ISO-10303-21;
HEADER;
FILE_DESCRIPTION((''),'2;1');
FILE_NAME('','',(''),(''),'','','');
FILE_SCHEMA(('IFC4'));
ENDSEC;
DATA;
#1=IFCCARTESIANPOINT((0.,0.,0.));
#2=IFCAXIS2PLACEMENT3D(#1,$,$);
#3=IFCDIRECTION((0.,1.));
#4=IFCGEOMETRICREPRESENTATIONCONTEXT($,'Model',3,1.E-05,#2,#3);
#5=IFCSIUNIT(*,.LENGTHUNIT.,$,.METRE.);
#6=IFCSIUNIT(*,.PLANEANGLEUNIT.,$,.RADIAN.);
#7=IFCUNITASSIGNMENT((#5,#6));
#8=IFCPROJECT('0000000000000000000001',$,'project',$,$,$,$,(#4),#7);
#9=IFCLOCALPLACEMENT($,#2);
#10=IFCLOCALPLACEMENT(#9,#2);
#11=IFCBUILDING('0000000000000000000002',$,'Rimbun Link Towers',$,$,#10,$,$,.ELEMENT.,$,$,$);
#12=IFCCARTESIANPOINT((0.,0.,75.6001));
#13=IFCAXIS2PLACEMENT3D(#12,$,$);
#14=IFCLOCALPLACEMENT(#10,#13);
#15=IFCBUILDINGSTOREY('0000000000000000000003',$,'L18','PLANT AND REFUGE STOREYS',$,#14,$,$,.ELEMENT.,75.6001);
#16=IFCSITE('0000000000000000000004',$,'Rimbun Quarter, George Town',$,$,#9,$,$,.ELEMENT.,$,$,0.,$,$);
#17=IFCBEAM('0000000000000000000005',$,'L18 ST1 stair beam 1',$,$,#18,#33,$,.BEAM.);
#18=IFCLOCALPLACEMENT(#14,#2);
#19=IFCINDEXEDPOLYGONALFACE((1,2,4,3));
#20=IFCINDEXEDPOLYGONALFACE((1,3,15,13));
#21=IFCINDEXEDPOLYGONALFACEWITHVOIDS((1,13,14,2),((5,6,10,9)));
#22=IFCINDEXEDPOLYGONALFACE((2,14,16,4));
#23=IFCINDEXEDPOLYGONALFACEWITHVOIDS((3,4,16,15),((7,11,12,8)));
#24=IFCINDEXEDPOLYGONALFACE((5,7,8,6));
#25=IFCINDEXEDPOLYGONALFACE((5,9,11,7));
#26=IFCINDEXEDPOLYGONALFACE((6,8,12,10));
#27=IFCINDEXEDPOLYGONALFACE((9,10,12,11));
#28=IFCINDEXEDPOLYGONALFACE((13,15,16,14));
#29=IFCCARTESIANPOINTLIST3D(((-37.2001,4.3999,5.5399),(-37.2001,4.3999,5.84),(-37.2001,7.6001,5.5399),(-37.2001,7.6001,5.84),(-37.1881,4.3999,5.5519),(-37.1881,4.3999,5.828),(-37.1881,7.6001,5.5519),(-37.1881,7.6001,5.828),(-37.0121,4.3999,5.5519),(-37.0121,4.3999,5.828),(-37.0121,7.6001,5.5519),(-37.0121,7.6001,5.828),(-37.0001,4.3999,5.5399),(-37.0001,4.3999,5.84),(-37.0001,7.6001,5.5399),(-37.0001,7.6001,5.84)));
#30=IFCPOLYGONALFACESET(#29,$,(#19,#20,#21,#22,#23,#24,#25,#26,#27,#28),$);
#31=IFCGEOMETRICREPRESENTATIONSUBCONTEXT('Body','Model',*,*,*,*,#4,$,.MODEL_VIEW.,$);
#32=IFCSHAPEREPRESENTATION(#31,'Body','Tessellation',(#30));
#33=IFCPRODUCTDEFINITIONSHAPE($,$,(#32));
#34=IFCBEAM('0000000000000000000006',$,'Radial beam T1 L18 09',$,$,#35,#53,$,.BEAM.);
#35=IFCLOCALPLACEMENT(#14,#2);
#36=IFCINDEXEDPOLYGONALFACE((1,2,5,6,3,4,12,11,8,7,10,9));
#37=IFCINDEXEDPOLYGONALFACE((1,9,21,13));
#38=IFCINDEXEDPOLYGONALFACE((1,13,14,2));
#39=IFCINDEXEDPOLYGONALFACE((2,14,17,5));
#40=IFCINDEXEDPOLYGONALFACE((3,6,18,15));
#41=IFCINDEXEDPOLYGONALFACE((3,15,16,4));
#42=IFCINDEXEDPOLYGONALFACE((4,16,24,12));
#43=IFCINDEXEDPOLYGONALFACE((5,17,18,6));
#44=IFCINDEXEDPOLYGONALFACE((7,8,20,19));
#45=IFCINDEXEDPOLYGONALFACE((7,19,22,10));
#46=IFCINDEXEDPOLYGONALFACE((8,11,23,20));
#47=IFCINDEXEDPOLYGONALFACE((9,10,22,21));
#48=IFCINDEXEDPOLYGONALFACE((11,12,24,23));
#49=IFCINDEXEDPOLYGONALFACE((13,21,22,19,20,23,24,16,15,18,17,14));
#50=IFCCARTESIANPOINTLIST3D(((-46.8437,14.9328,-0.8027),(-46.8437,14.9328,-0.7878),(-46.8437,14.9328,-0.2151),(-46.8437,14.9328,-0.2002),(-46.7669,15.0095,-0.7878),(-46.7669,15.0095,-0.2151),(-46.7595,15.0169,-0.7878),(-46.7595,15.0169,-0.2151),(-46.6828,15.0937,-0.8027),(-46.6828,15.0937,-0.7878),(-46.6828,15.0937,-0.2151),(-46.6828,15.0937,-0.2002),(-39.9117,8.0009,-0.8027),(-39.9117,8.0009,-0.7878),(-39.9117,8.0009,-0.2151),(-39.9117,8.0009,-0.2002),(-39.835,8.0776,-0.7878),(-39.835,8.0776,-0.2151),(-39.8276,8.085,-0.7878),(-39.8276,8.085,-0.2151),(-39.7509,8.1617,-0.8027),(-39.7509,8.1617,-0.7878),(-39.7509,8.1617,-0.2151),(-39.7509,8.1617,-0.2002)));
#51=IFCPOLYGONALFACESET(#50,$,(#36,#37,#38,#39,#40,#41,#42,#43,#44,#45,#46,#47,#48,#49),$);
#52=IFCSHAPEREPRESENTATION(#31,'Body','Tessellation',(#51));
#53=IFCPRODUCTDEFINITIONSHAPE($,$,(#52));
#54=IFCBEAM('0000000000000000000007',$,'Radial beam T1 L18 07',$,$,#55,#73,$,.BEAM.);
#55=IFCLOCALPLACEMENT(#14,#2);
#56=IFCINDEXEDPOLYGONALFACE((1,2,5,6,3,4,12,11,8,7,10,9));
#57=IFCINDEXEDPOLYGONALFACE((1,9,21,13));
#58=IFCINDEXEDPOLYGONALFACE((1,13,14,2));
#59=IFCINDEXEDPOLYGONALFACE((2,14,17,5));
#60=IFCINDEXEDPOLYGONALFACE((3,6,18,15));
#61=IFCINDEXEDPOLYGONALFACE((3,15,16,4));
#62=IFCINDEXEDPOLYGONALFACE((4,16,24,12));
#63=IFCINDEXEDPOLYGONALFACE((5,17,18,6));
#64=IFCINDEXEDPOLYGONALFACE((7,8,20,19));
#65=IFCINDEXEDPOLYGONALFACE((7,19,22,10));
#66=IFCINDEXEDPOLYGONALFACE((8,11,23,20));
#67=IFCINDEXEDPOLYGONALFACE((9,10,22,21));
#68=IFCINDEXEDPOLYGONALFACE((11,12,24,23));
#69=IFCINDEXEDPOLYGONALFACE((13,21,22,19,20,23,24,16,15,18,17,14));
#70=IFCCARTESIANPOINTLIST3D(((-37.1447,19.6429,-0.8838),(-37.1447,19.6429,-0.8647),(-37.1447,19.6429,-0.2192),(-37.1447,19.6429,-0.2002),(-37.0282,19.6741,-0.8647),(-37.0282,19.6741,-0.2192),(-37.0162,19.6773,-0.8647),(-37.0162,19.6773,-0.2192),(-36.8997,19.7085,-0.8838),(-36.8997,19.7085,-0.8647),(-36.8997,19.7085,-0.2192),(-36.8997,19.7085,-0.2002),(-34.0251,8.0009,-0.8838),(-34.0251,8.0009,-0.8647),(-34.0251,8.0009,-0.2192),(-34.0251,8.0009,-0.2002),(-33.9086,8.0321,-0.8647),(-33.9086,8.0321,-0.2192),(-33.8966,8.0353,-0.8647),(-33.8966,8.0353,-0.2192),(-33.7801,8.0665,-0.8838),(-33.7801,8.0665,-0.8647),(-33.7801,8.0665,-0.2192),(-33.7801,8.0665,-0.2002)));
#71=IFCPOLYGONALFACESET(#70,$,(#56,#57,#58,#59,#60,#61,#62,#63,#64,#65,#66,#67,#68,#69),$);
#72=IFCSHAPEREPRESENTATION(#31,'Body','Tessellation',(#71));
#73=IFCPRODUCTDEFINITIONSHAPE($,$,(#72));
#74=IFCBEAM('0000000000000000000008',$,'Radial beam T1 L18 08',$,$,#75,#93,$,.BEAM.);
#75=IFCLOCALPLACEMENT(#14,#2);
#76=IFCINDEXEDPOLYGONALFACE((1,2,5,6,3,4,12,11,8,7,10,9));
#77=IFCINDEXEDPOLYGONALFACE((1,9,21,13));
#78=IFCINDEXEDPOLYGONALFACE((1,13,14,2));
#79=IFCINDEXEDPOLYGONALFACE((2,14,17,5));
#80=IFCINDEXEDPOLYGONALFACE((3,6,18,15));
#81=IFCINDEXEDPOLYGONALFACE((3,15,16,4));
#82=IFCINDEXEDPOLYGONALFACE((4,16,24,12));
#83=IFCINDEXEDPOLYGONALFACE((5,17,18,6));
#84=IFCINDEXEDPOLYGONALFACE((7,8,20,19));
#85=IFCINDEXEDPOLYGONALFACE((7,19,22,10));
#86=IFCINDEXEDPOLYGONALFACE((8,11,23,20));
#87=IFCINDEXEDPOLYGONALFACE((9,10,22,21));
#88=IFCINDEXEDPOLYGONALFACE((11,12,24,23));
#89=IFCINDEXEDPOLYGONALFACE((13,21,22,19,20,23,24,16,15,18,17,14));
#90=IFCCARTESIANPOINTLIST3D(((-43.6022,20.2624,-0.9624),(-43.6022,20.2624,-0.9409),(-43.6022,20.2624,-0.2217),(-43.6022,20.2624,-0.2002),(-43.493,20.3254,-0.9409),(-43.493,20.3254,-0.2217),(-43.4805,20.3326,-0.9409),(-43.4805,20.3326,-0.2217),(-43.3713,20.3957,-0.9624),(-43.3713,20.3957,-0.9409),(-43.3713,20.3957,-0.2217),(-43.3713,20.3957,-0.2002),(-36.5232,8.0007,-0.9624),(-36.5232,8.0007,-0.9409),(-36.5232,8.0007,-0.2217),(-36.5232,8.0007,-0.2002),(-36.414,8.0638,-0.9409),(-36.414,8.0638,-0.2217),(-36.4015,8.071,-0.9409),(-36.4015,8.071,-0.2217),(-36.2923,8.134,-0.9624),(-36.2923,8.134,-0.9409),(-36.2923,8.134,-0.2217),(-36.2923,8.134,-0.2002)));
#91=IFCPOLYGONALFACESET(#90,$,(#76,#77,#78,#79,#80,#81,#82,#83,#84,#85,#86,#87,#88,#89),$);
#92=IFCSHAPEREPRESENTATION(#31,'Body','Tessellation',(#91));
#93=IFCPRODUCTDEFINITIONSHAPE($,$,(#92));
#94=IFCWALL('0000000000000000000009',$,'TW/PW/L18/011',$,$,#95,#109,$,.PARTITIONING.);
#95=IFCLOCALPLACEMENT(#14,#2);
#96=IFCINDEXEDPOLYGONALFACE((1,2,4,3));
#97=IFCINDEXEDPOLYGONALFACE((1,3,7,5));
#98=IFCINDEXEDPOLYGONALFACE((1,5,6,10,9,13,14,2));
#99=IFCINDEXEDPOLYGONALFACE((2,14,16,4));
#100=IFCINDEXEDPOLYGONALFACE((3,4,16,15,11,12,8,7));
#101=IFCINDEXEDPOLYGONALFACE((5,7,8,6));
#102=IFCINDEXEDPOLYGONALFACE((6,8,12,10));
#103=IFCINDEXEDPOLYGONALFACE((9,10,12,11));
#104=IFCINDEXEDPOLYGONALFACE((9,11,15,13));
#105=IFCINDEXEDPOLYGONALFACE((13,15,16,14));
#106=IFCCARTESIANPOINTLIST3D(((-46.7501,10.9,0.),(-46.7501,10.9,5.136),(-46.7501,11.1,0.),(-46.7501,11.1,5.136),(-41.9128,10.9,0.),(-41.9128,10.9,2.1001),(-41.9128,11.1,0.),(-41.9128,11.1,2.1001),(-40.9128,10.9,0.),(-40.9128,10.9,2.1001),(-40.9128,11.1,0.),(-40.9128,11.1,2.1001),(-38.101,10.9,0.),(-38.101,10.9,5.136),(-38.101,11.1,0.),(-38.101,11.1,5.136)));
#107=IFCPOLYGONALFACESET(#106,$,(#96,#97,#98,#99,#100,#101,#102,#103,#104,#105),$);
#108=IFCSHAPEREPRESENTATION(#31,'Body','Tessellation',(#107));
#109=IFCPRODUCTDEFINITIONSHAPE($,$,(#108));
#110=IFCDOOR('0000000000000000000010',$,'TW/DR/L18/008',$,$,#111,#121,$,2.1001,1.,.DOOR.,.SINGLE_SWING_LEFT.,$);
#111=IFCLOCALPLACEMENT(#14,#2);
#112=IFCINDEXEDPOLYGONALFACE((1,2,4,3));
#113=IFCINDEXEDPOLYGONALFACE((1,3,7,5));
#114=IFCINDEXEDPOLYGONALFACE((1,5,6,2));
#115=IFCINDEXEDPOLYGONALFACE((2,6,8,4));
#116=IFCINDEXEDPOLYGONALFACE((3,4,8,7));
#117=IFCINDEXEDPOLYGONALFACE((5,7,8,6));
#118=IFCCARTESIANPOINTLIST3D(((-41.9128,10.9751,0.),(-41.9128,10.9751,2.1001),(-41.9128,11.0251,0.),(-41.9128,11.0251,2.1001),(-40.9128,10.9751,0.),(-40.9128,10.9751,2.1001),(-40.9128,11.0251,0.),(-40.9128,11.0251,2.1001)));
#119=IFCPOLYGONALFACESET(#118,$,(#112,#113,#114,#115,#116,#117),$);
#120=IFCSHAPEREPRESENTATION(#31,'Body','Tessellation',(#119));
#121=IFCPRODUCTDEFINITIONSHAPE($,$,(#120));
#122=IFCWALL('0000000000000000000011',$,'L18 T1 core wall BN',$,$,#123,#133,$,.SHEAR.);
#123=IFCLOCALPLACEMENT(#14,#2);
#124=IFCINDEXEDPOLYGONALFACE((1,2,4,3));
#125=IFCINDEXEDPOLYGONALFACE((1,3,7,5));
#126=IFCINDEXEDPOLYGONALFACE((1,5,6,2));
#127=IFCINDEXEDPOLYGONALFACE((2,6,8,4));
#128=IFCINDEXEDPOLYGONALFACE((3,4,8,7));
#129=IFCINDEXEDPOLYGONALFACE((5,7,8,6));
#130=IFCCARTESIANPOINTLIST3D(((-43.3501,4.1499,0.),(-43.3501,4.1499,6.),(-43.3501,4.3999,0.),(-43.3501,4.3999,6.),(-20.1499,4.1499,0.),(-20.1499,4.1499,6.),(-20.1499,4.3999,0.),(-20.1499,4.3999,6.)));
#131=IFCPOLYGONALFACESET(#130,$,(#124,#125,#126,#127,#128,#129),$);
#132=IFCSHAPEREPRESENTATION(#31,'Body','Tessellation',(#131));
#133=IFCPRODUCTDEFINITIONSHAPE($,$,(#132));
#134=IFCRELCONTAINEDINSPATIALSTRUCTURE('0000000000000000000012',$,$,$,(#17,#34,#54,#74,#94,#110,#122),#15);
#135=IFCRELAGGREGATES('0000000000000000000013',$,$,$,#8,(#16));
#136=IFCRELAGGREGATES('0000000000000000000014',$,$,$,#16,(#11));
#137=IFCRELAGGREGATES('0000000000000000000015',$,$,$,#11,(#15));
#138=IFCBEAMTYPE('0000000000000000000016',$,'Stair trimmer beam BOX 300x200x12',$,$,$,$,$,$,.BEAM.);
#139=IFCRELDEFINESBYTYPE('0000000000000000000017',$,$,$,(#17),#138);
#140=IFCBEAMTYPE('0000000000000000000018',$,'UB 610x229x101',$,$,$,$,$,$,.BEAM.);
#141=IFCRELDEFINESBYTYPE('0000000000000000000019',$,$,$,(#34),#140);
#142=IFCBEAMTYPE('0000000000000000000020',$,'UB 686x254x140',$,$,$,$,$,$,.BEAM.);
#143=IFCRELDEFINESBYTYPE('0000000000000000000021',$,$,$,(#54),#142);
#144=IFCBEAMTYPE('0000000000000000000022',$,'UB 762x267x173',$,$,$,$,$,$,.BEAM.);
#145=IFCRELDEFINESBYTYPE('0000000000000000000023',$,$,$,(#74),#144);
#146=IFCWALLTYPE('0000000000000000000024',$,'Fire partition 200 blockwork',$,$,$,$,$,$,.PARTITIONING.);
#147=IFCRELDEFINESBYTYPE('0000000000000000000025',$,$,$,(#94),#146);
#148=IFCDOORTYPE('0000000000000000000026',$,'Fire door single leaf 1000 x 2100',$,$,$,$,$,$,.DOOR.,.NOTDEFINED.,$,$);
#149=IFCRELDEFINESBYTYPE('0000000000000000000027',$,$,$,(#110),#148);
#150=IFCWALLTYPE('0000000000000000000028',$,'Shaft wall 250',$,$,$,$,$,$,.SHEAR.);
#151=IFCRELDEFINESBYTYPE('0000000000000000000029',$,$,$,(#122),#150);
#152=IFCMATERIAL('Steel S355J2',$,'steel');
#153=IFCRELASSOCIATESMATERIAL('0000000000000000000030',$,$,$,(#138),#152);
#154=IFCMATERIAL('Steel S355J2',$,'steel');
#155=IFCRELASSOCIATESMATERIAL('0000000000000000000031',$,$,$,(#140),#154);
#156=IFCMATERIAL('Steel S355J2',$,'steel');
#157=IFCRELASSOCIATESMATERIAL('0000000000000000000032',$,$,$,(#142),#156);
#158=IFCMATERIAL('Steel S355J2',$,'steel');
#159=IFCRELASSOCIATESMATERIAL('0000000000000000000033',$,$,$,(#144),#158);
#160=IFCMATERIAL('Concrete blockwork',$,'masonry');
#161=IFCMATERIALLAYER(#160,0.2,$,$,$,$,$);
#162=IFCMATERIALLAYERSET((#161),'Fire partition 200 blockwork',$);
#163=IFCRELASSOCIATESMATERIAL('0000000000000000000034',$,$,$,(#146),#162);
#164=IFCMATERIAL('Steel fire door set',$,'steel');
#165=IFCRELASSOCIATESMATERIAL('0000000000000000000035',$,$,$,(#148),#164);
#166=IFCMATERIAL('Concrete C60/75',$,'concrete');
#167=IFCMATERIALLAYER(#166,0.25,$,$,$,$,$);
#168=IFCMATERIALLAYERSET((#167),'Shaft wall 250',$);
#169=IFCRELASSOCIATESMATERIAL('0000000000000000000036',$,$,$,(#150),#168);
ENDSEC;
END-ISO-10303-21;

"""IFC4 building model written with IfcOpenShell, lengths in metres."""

from ifc_helpers import new_model, si_unit, direction, frame, frame_2d, origin, origin_2d, place, context, subcontext, project, spatial, rectangle, hollow_rectangle, i_section, extrude, material, layer, layer_set, material_profile, profile_set, type_object, element, fill, save


model = new_model("IFC4")

# Units and contexts
model_context = context("Model", 3, precision=1e-05, world=origin(), true_north=direction((0.0, 1.0)))
body_context = subcontext(model_context, "Body", "Model", "MODEL_VIEW")
ifc_project = project(units=[si_unit("LENGTHUNIT", "METRE"), si_unit("PLANEANGLEUNIT", "RADIAN")], contexts=[model_context])

# Site, building, storey
site_placement = place(None, origin())
site = spatial("IfcSite", under=ifc_project, at=site_placement, Name="Rimbun Quarter, George Town", CompositionType="ELEMENT", RefElevation=0.0)
building_placement = place(site_placement, origin())
building = spatial("IfcBuilding", under=site, at=building_placement, Name="Rimbun Link Towers", CompositionType="ELEMENT")
storey_placement = place(building_placement, frame((0.0, 0.0, 75.6001)))
storey = spatial("IfcBuildingStorey", under=building, at=storey_placement, Name="L18", Description="PLANT AND REFUGE STOREYS", CompositionType="ELEMENT", Elevation=75.6001)

# Beams
ifc_material_1 = material(Name="Steel S355J2", Category="steel")
ifc_material_profile_1 = material_profile(ifc_material_1, hollow_rectangle(XDim=0.2, YDim=0.3, WallThickness=0.012, at=origin_2d()), Name="BOX 300x200x12")
ifc_profile_set_1 = profile_set([ifc_material_profile_1], Name="Steel S355J2")
beam_type_1 = type_object("IfcBeamType", Name="Stair trimmer beam BOX 300x200x12", PredefinedType="BEAM", material=ifc_profile_set_1)
beam_1_placement = place(storey_placement, frame((-37.1001, 7.6001, 5.6899), z_axis=(0.0, -1.0, 0.0), x_axis=(1.0, 0.0, 0.0)))
element("IfcBeam", 1, at=beam_1_placement, inside=storey, type_object=beam_type_1, Name="L18 ST1 stair beam 1", PredefinedType="BEAM", context=body_context, shape_type="SweptSolid", body=[
    extrude(hollow_rectangle(XDim=0.2, YDim=0.3, WallThickness=0.012, at=origin_2d()), origin(), (0.0, 0.0, 1.0), 3.2002),
])
ifc_material_2 = material(Name="Steel S355J2", Category="steel")
ifc_material_profile_2 = material_profile(ifc_material_2, i_section(OverallWidth=0.2275, OverallDepth=0.6025, WebThickness=0.0105, FlangeThickness=0.0149, at=origin_2d()), Name="UB 610x229x101")
ifc_profile_set_2 = profile_set([ifc_material_profile_2], Name="Steel S355J2")
beam_type_2 = type_object("IfcBeamType", Name="UB 610x229x101", PredefinedType="BEAM", material=ifc_profile_set_2)
beam_2_placement = place(storey_placement, frame((-39.8313, 8.0813, -0.5015), z_axis=(-0.707107, 0.707107, 0.0), x_axis=(-0.707107, -0.707107, 0.0)))
element("IfcBeam", 2, at=beam_2_placement, inside=storey, type_object=beam_type_2, Name="Radial beam T1 L18 09", PredefinedType="BEAM", context=body_context, shape_type="SweptSolid", body=[
    extrude(i_section(OverallWidth=0.2275, OverallDepth=0.6025, WebThickness=0.0105, FlangeThickness=0.0149, at=origin_2d()), origin(), (0.0, 0.0, 1.0), 9.8032),
])
ifc_material_3 = material(Name="Steel S355J2", Category="steel")
ifc_material_profile_3 = material_profile(ifc_material_3, i_section(OverallWidth=0.2537, OverallDepth=0.6836, WebThickness=0.0125, FlangeThickness=0.019, at=origin_2d()), Name="UB 686x254x140")
ifc_profile_set_3 = profile_set([ifc_material_profile_3], Name="Steel S355J2")
beam_type_3 = type_object("IfcBeamType", Name="UB 686x254x140", PredefinedType="BEAM", material=ifc_profile_set_3)
beam_3_placement = place(storey_placement, frame((-33.9026, 8.0337, -0.542), z_axis=(-0.25883, 0.965923, 0.0), x_axis=(-0.965923, -0.25883, 0.0)))
element("IfcBeam", 3, at=beam_3_placement, inside=storey, type_object=beam_type_3, Name="Radial beam T1 L18 07", PredefinedType="BEAM", context=body_context, shape_type="SweptSolid", body=[
    extrude(i_section(OverallWidth=0.2537, OverallDepth=0.6836, WebThickness=0.0125, FlangeThickness=0.019, at=origin_2d()), origin(), (0.0, 0.0, 1.0), 12.0527),
])
ifc_material_4 = material(Name="Steel S355J2", Category="steel")
ifc_material_profile_4 = material_profile(ifc_material_4, i_section(OverallWidth=0.2666, OverallDepth=0.7622, WebThickness=0.0144, FlangeThickness=0.0215, at=origin_2d()), Name="UB 762x267x173")
ifc_profile_set_4 = profile_set([ifc_material_profile_4], Name="Steel S355J2")
beam_type_4 = type_object("IfcBeamType", Name="UB 762x267x173", PredefinedType="BEAM", material=ifc_profile_set_4)
beam_4_placement = place(storey_placement, frame((-36.4077, 8.0674, -0.5813), z_axis=(-0.499989, 0.866032, 0.0), x_axis=(-0.866032, -0.499989, 0.0)))
element("IfcBeam", 4, at=beam_4_placement, inside=storey, type_object=beam_type_4, Name="Radial beam T1 L18 08", PredefinedType="BEAM", context=body_context, shape_type="SweptSolid", body=[
    extrude(i_section(OverallWidth=0.2666, OverallDepth=0.7622, WebThickness=0.0144, FlangeThickness=0.0215, at=origin_2d()), origin(), (0.0, 0.0, 1.0), 14.1584),
])

# Wall, opening, door
ifc_material_5 = material(Name="Concrete blockwork", Category="masonry")
ifc_layer_1 = layer(ifc_material_5, 0.2)
ifc_layer_set_1 = layer_set([ifc_layer_1], Name="Fire partition 200 blockwork")
wall_type_1 = type_object("IfcWallType", Name="Fire partition 200 blockwork", PredefinedType="PARTITIONING", material=ifc_layer_set_1)
wall_1_placement = place(storey_placement, frame((-38.1008, 11.0, 0.0), z_axis=(0.0, 0.0, 1.0), x_axis=(-1.0, 0.0, 0.0)))
wall_1 = element("IfcWall", 5, at=wall_1_placement, inside=storey, type_object=wall_type_1, Name="TW/PW/L18/011", PredefinedType="PARTITIONING", context=body_context, shape_type="SweptSolid", body=[
    extrude(rectangle(XDim=8.6492, YDim=0.2, at=frame_2d((4.3247, 0.0))), origin(), (0.0, 0.0, 1.0), 5.136),
])
opening_1_placement = place(wall_1_placement, frame((2.812, 0.0, 0.0)))
opening_1 = element("IfcOpeningElement", 6, at=opening_1_placement, cuts=wall_1, PredefinedType="OPENING", context=body_context, shape_type="SweptSolid", body=[
    extrude(rectangle(XDim=1.0, YDim=2.1001, at=frame_2d((0.5, 1.05))), frame((0.0, 0.1099, 0.0), z_axis=(0.0, -1.0, 0.0), x_axis=(1.0, 0.0, 0.0)), (0.0, 0.0, 1.0), 0.22),
])
ifc_material_6 = material(Name="Steel fire door set", Category="steel")
door_type_1 = type_object("IfcDoorType", Name="Fire door single leaf 1000 x 2100", OperationType="NOTDEFINED", PredefinedType="DOOR", material=ifc_material_6)
door_1_placement = place(opening_1_placement, origin())
door_1 = element("IfcDoor", 7, at=door_1_placement, inside=storey, type_object=door_type_1, Name="TW/DR/L18/008", OperationType="SINGLE_SWING_LEFT", OverallHeight=2.1001, OverallWidth=1.0, PredefinedType="DOOR", context=body_context, shape_type="SweptSolid", body=[
    extrude(rectangle(XDim=1.0, YDim=2.1001, at=frame_2d((0.5, 1.05))), frame((0.0, 0.0249, 0.0), z_axis=(0.0, -1.0, 0.0), x_axis=(1.0, 0.0, 0.0)), (0.0, 0.0, 1.0), 0.05),
])
fill(opening_1, door_1)

# Wall
ifc_material_7 = material(Name="Concrete C60/75", Category="concrete")
ifc_layer_2 = layer(ifc_material_7, 0.25)
ifc_layer_set_2 = layer_set([ifc_layer_2], Name="Shaft wall 250")
wall_type_2 = type_object("IfcWallType", Name="Shaft wall 250", PredefinedType="SHEAR", material=ifc_layer_set_2)
wall_2_placement = place(storey_placement, frame((-43.3501, 4.2749, 0.0), z_axis=(0.0, 0.0, 1.0), x_axis=(1.0, 0.0, 0.0)))
element("IfcWall", 8, at=wall_2_placement, inside=storey, type_object=wall_type_2, Name="L18 T1 core wall BN", PredefinedType="SHEAR", context=body_context, shape_type="SweptSolid", body=[
    extrude(rectangle(XDim=23.2002, YDim=0.25, at=frame_2d((11.6001, 0.0))), origin(), (0.0, 0.0, 1.0), 6.0),
])

save(model, "model.ifc")
